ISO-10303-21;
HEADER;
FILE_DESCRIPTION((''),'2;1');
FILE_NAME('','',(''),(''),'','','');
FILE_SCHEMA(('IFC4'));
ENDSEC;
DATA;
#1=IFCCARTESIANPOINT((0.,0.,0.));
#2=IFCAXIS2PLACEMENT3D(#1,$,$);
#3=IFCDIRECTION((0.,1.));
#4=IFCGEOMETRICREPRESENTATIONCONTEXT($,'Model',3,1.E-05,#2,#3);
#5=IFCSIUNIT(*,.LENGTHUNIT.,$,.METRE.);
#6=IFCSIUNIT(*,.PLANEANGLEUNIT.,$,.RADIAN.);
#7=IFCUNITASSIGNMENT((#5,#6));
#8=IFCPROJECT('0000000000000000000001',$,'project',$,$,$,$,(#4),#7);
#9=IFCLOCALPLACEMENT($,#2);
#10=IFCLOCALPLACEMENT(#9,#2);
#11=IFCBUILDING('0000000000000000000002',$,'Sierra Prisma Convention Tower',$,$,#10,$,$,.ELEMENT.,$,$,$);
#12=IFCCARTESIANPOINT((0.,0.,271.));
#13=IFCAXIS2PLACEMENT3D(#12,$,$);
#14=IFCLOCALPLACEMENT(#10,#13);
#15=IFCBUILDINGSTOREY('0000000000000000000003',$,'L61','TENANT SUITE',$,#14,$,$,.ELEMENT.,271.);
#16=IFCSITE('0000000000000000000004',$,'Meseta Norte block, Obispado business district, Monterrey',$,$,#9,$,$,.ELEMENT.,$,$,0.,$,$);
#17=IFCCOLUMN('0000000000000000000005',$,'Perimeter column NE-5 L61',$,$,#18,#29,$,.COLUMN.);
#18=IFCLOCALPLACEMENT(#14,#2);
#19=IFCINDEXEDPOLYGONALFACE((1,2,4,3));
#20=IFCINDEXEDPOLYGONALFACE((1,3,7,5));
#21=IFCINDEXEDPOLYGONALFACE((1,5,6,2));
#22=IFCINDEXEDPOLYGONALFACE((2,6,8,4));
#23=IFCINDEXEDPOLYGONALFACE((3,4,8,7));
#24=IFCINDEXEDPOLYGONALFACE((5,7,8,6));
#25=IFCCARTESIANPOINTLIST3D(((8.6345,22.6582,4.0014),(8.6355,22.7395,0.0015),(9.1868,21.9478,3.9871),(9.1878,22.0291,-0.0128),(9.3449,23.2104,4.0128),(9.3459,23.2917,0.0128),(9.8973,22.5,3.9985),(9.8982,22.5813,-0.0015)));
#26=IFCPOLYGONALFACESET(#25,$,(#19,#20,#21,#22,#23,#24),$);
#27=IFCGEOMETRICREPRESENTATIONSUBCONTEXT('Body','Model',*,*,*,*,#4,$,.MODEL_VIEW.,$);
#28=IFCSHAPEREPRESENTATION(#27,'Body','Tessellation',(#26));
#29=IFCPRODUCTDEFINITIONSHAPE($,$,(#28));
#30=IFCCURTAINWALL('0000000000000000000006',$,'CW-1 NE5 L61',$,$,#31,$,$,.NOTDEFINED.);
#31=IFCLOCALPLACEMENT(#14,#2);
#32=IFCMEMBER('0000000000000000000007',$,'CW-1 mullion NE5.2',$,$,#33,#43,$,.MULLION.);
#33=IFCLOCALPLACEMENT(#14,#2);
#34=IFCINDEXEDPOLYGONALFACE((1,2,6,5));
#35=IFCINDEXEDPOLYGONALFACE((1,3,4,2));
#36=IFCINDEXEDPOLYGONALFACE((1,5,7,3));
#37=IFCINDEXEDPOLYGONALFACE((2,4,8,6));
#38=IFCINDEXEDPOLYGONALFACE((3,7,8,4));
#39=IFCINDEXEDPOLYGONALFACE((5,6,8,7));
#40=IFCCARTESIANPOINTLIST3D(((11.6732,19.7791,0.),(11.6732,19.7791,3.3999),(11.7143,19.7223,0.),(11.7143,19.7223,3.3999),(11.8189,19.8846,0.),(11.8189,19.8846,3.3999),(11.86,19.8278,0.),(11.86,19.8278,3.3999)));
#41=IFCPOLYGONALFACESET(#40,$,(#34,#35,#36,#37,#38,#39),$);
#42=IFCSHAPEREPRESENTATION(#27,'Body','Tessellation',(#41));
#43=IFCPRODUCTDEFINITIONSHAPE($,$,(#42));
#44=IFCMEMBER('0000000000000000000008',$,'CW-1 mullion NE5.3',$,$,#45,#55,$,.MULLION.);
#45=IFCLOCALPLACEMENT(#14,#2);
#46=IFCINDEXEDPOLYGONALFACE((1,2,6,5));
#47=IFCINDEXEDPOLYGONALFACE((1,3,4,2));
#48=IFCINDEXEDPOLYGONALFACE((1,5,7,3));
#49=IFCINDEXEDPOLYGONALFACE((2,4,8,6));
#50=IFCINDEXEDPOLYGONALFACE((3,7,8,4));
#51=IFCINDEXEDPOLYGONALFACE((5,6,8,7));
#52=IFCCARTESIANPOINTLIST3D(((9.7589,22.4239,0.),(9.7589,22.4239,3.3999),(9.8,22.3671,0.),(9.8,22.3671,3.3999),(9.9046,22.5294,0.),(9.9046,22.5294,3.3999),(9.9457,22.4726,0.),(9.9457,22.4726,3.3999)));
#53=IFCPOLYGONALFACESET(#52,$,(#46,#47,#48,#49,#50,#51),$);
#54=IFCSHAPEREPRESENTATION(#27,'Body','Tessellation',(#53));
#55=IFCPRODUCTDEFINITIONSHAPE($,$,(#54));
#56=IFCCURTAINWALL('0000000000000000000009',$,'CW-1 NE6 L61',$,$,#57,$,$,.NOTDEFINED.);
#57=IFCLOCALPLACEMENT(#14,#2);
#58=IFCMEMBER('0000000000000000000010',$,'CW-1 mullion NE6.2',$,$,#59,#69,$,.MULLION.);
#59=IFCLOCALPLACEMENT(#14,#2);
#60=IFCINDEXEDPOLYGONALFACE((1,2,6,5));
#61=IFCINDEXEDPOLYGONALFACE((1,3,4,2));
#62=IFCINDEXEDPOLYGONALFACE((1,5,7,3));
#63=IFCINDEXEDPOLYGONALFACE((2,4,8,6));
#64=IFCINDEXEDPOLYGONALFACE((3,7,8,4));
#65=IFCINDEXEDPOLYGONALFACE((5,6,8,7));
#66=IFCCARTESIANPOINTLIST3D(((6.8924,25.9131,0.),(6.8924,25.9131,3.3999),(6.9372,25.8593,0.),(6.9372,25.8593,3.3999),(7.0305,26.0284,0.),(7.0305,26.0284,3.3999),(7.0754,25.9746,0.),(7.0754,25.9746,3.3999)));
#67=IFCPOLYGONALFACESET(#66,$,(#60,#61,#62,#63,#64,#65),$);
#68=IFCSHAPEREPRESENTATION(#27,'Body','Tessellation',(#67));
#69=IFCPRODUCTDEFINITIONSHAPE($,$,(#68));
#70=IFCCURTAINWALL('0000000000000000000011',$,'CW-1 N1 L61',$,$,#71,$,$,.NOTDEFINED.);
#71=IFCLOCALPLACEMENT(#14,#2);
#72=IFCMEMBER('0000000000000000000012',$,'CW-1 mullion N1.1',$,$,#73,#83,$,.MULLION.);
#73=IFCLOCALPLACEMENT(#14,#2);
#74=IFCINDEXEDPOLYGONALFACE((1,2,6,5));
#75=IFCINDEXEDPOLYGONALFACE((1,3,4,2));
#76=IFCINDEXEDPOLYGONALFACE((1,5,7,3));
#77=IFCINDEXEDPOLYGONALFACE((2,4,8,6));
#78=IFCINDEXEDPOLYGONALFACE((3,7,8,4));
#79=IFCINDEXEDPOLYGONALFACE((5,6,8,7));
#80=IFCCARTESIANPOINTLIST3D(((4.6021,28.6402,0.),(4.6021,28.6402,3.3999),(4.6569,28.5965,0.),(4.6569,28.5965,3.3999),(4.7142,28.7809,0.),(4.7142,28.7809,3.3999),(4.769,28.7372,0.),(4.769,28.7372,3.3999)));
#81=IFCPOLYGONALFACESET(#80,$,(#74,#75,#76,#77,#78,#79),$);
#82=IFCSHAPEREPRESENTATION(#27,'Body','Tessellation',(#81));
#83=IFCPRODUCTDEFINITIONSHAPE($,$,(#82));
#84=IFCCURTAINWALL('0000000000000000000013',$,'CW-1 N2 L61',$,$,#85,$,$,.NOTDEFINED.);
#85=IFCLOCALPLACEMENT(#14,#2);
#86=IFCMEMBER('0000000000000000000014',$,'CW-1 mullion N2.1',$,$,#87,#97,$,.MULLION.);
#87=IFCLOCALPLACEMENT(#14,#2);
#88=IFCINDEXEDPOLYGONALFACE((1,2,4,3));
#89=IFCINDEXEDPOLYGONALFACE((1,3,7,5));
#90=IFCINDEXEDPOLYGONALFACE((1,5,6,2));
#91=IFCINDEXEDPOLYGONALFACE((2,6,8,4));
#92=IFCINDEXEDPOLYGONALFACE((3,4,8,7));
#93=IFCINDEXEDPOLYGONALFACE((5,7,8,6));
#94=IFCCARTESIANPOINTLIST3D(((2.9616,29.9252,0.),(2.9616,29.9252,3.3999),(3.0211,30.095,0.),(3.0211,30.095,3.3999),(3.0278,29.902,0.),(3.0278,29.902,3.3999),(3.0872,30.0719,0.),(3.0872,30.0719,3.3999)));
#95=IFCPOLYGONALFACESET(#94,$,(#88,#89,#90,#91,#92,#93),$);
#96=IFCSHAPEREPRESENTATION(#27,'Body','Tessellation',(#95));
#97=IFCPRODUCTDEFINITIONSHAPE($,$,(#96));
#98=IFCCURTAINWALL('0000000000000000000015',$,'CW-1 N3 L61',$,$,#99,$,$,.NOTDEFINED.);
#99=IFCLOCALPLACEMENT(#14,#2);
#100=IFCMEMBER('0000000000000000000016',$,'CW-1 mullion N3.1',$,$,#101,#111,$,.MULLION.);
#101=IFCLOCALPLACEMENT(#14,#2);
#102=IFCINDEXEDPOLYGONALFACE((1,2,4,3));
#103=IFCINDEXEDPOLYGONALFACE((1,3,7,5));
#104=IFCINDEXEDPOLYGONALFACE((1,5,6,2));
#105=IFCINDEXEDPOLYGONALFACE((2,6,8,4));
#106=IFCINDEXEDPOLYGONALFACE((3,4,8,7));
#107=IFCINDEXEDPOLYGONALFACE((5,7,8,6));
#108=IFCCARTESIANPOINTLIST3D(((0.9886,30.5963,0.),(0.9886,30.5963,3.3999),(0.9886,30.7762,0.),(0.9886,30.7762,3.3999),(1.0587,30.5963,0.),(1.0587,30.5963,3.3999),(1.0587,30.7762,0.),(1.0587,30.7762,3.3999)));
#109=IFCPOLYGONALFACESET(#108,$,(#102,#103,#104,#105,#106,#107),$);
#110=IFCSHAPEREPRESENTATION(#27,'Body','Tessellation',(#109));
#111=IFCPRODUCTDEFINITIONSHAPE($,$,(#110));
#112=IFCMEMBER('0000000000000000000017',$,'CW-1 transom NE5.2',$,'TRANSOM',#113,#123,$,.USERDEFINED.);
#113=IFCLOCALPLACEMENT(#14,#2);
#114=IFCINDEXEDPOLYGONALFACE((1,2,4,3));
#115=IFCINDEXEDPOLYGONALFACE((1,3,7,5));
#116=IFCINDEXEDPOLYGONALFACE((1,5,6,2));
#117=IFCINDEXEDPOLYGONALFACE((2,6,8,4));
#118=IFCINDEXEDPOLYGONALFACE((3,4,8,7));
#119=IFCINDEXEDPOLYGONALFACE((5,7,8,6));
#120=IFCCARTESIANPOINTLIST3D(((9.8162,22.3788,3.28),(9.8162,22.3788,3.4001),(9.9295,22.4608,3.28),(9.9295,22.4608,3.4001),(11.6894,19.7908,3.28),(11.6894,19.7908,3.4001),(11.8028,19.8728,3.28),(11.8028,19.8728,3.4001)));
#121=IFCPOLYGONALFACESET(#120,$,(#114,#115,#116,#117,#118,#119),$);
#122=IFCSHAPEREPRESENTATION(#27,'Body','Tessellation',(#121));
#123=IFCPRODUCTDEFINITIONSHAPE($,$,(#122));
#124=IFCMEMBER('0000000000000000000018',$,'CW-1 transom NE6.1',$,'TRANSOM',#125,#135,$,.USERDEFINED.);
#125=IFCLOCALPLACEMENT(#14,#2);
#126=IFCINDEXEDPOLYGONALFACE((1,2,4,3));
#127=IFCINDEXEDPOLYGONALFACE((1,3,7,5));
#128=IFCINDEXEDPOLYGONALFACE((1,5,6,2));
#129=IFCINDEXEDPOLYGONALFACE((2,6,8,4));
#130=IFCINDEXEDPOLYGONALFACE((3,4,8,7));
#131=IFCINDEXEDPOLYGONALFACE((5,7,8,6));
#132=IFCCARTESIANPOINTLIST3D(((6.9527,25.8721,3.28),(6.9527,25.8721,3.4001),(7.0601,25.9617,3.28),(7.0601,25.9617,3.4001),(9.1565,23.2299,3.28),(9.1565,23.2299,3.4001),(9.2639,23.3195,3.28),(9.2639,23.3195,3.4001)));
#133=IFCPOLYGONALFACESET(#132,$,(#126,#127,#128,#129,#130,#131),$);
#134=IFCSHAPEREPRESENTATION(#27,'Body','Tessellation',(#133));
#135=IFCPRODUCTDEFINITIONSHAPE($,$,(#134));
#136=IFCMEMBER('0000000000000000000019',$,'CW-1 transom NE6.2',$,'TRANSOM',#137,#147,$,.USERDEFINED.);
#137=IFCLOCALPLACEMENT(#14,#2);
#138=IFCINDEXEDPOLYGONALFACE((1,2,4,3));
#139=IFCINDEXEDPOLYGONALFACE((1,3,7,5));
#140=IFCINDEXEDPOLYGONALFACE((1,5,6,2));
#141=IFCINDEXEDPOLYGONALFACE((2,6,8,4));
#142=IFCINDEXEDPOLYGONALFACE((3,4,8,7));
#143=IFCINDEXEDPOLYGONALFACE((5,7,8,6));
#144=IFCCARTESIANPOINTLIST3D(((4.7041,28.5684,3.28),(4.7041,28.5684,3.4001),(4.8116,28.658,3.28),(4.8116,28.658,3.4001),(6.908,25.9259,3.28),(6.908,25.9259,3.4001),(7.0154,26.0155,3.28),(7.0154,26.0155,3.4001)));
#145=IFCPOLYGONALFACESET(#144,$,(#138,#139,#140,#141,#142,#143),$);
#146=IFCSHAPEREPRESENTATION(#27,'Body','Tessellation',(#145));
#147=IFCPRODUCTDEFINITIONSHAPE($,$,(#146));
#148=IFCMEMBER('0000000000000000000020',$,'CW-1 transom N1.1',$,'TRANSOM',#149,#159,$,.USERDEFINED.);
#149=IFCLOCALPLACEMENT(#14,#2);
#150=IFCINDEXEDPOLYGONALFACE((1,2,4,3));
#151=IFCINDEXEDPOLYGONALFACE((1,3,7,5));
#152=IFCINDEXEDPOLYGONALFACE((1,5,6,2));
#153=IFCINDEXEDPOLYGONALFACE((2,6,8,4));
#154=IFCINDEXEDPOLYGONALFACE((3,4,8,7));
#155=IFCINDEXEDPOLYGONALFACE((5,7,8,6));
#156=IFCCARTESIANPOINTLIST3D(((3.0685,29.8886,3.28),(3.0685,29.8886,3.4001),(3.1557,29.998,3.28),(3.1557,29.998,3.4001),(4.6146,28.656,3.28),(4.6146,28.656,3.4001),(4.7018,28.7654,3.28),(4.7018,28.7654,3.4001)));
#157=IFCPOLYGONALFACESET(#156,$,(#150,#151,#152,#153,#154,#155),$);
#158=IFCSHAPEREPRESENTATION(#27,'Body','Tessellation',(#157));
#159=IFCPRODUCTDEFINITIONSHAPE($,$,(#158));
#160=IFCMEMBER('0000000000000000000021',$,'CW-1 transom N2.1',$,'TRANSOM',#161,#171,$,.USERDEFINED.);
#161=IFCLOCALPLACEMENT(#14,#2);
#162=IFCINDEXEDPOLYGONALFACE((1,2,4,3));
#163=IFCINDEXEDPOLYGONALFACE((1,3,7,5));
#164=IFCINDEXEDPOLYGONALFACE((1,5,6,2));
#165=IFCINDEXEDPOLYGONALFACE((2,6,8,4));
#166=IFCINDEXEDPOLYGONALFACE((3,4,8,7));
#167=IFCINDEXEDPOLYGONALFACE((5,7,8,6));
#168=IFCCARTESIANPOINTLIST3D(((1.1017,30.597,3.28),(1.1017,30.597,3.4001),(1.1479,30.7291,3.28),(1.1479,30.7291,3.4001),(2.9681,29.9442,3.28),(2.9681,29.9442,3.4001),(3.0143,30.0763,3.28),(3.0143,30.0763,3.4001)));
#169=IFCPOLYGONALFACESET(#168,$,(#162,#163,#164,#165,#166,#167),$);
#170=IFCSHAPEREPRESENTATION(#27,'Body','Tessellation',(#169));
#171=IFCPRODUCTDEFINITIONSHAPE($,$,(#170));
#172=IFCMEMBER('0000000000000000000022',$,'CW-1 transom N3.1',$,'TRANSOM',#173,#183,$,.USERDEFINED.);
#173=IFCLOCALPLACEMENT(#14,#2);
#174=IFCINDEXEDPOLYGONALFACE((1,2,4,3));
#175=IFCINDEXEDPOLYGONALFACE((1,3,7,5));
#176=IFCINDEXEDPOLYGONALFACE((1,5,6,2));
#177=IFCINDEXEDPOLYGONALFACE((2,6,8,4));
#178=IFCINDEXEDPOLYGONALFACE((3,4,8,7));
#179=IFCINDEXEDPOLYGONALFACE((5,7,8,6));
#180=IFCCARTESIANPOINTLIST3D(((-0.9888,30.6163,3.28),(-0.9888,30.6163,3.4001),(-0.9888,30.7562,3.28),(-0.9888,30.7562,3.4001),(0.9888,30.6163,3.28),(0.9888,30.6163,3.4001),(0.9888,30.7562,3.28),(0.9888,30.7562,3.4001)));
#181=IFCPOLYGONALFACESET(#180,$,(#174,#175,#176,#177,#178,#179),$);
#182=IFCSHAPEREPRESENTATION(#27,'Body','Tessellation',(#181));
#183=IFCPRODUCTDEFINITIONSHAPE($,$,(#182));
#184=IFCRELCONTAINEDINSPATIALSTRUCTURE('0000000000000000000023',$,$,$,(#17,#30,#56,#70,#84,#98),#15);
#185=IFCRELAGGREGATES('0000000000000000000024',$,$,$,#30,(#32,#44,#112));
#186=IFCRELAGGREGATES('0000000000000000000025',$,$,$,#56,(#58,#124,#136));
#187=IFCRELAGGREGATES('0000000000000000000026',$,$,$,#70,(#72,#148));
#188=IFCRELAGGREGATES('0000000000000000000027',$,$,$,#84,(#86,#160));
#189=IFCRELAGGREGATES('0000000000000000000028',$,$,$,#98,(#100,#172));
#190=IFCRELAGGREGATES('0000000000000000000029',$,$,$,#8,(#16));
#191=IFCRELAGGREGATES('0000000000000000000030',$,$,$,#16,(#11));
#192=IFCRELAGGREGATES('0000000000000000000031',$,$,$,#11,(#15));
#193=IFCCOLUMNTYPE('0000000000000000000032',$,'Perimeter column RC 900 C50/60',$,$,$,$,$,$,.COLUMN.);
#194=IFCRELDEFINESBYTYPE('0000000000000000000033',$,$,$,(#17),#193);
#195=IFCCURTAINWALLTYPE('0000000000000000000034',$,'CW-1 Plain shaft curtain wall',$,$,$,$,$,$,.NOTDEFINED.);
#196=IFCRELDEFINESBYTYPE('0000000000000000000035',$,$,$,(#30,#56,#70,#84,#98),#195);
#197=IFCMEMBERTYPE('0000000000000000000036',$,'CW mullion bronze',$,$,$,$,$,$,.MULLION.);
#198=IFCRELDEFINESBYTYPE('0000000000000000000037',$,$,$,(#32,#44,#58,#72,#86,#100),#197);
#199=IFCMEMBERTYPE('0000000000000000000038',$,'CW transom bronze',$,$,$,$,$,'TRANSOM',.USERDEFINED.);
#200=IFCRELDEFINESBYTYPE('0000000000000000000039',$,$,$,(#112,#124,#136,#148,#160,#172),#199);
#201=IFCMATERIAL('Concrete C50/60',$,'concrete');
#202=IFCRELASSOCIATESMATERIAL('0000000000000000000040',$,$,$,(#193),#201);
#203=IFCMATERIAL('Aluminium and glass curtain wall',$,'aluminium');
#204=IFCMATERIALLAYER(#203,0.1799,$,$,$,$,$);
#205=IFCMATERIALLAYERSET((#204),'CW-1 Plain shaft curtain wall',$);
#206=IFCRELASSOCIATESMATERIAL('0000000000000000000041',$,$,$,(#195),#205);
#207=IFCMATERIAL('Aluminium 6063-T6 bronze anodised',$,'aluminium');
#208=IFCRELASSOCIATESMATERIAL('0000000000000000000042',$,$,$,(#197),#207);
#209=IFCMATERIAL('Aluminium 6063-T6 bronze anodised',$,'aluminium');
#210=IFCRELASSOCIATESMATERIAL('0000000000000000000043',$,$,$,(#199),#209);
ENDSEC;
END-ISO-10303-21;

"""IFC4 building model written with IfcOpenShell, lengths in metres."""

from ifc_helpers import new_model, si_unit, direction, frame, origin, origin_2d, place, context, subcontext, project, spatial, rectangle, extrude, material, layer, layer_set, material_profile, profile_set, type_object, element, aggregate, save


model = new_model("IFC4")

# Units and contexts
model_context = context("Model", 3, precision=1e-05, world=origin(), true_north=direction((0.0, 1.0)))
body_context = subcontext(model_context, "Body", "Model", "MODEL_VIEW")
ifc_project = project(units=[si_unit("LENGTHUNIT", "METRE"), si_unit("PLANEANGLEUNIT", "RADIAN")], contexts=[model_context])

# Site, building, storey
site_placement = place(None, origin())
site = spatial("IfcSite", under=ifc_project, at=site_placement, Name="Meseta Norte block, Obispado business district, Monterrey", CompositionType="ELEMENT", RefElevation=0.0)
building_placement = place(site_placement, origin())
building = spatial("IfcBuilding", under=site, at=building_placement, Name="Sierra Prisma Convention Tower", CompositionType="ELEMENT")
storey_placement = place(building_placement, frame((0.0, 0.0, 271.0)))
storey = spatial("IfcBuildingStorey", under=building, at=storey_placement, Name="L61", Description="TENANT SUITE", CompositionType="ELEMENT", Elevation=271.0)

# Column
ifc_material_1 = material(Name="Concrete C50/60", Category="concrete")
ifc_material_profile_1 = material_profile(ifc_material_1, rectangle(XDim=0.8999, YDim=0.8999, at=origin_2d()), Name="Perimeter column RC 900 C50/60")
ifc_profile_set_1 = profile_set([ifc_material_profile_1], Name="Concrete C50/60")
column_type = type_object("IfcColumnType", Name="Perimeter column RC 900 C50/60", PredefinedType="COLUMN", material=ifc_profile_set_1)
column_placement = place(storey_placement, frame((9.2668, 22.6604, 0.0), z_axis=(-0.000244, -0.020321, 0.999793), x_axis=(-0.613762, 0.789331, 0.015893)))
element("IfcColumn", 1, at=column_placement, inside=storey, type_object=column_type, Name="Perimeter column NE-5 L61", PredefinedType="COLUMN", context=body_context, shape_type="SweptSolid", body=[
    extrude(rectangle(XDim=0.8999, YDim=0.8999, at=origin_2d()), origin(), (0.0, 0.0, 1.0), 4.0007),
])

# Curtain wall, members
ifc_material_2 = material(Name="Aluminium and glass curtain wall", Category="aluminium")
ifc_layer_1 = layer(ifc_material_2, 0.1799)
ifc_layer_set_1 = layer_set([ifc_layer_1], Name="CW-1 Plain shaft curtain wall")
curtain_wall_type = type_object("IfcCurtainWallType", Name="CW-1 Plain shaft curtain wall", PredefinedType="NOTDEFINED", material=ifc_layer_set_1)
curtain_wall_1_placement = place(storey_placement, origin())
curtain_wall_1 = element("IfcCurtainWall", 2, at=curtain_wall_1_placement, inside=storey, type_object=curtain_wall_type, Name="CW-1 NE5 L61", PredefinedType="NOTDEFINED")
ifc_material_3 = material(Name="Aluminium 6063-T6 bronze anodised", Category="aluminium")
ifc_material_profile_2 = material_profile(ifc_material_3, rectangle(XDim=0.1799, YDim=0.0701, at=origin_2d()), Name="ALU MULLION 70x180")
ifc_profile_set_2 = profile_set([ifc_material_profile_2], Name="Aluminium 6063-T6 bronze anodised")
member_type_1 = type_object("IfcMemberType", Name="CW mullion bronze", PredefinedType="MULLION", material=ifc_profile_set_2)
member_1_placement = place(storey_placement, frame((11.7666, 19.8035, 0.0), z_axis=(0.0, 0.0, 1.0), x_axis=(-0.810077, -0.586323, 0.0)))
member_1 = element("IfcMember", 3, at=member_1_placement, type_object=member_type_1, Name="CW-1 mullion NE5.2", PredefinedType="MULLION", context=body_context, shape_type="SweptSolid", body=[
    extrude(rectangle(XDim=0.1799, YDim=0.0701, at=origin_2d()), origin(), (0.0, 0.0, 1.0), 3.3999),
])
member_2_placement = place(storey_placement, frame((9.8523, 22.4482, 0.0), z_axis=(0.0, 0.0, 1.0), x_axis=(-0.810077, -0.586323, 0.0)))
member_2 = element("IfcMember", 4, at=member_2_placement, type_object=member_type_1, Name="CW-1 mullion NE5.3", PredefinedType="MULLION", context=body_context, shape_type="SweptSolid", body=[
    extrude(rectangle(XDim=0.1799, YDim=0.0701, at=origin_2d()), origin(), (0.0, 0.0, 1.0), 3.3999),
])

# Curtain walls, members
curtain_wall_2_placement = place(storey_placement, origin())
curtain_wall_2 = element("IfcCurtainWall", 5, at=curtain_wall_2_placement, inside=storey, type_object=curtain_wall_type, Name="CW-1 NE6 L61", PredefinedType="NOTDEFINED")
member_3_placement = place(storey_placement, frame((6.9839, 25.9438, 0.0), z_axis=(0.0, 0.0, 1.0), x_axis=(-0.767976, -0.640479, 0.0)))
member_3 = element("IfcMember", 6, at=member_3_placement, type_object=member_type_1, Name="CW-1 mullion NE6.2", PredefinedType="MULLION", context=body_context, shape_type="SweptSolid", body=[
    extrude(rectangle(XDim=0.1799, YDim=0.0701, at=origin_2d()), origin(), (0.0, 0.0, 1.0), 3.3999),
])
curtain_wall_3_placement = place(storey_placement, origin())
curtain_wall_3 = element("IfcCurtainWall", 7, at=curtain_wall_3_placement, inside=storey, type_object=curtain_wall_type, Name="CW-1 N1 L61", PredefinedType="NOTDEFINED")
member_4_placement = place(storey_placement, frame((4.6855, 28.6887, 0.0), z_axis=(0.0, 0.0, 1.0), x_axis=(-0.62341, -0.781895, 0.0)))
member_4 = element("IfcMember", 8, at=member_4_placement, type_object=member_type_1, Name="CW-1 mullion N1.1", PredefinedType="MULLION", context=body_context, shape_type="SweptSolid", body=[
    extrude(rectangle(XDim=0.1799, YDim=0.0701, at=origin_2d()), origin(), (0.0, 0.0, 1.0), 3.3999),
])
curtain_wall_4_placement = place(storey_placement, origin())
curtain_wall_4 = element("IfcCurtainWall", 9, at=curtain_wall_4_placement, inside=storey, type_object=curtain_wall_type, Name="CW-1 N2 L61", PredefinedType="NOTDEFINED")
member_5_placement = place(storey_placement, frame((3.0244, 29.9985, 0.0), z_axis=(0.0, 0.0, 1.0), x_axis=(-0.330231, -0.9439, 0.0)))
member_5 = element("IfcMember", 10, at=member_5_placement, type_object=member_type_1, Name="CW-1 mullion N2.1", PredefinedType="MULLION", context=body_context, shape_type="SweptSolid", body=[
    extrude(rectangle(XDim=0.1799, YDim=0.0701, at=origin_2d()), origin(), (0.0, 0.0, 1.0), 3.3999),
])
curtain_wall_5_placement = place(storey_placement, origin())
curtain_wall_5 = element("IfcCurtainWall", 11, at=curtain_wall_5_placement, inside=storey, type_object=curtain_wall_type, Name="CW-1 N3 L61", PredefinedType="NOTDEFINED")
member_6_placement = place(storey_placement, frame((1.0237, 30.6863, 0.0), z_axis=(0.0, 0.0, 1.0), x_axis=(0.0, -1.0, 0.0)))
member_6 = element("IfcMember", 12, at=member_6_placement, type_object=member_type_1, Name="CW-1 mullion N3.1", PredefinedType="MULLION", context=body_context, shape_type="SweptSolid", body=[
    extrude(rectangle(XDim=0.1799, YDim=0.0701, at=origin_2d()), origin(), (0.0, 0.0, 1.0), 3.3999),
])

# Members
ifc_material_4 = material(Name="Aluminium 6063-T6 bronze anodised", Category="aluminium")
ifc_material_profile_3 = material_profile(ifc_material_4, rectangle(XDim=0.1399, YDim=0.1201, at=origin_2d()), Name="ALU TRANSOM 120x140")
ifc_profile_set_3 = profile_set([ifc_material_profile_3], Name="Aluminium 6063-T6 bronze anodised")
member_type_2 = type_object("IfcMemberType", Name="CW transom bronze", ElementType="TRANSOM", PredefinedType="USERDEFINED", material=ifc_profile_set_3)
member_7_placement = place(storey_placement, frame((11.7461, 19.8318, 3.3401), z_axis=(-0.58633, 0.810072, 0.0), x_axis=(-0.810072, -0.58633, 0.0)))
member_7 = element("IfcMember", 13, at=member_7_placement, type_object=member_type_2, Name="CW-1 transom NE5.2", ObjectType="TRANSOM", PredefinedType="USERDEFINED", context=body_context, shape_type="SweptSolid", body=[
    extrude(rectangle(XDim=0.1399, YDim=0.1201, at=origin_2d()), origin(), (0.0, 0.0, 1.0), 3.1948),
])
member_8_placement = place(storey_placement, frame((9.2102, 23.2747, 3.3401), z_axis=(-0.640512, 0.767948, 0.0), x_axis=(-0.767948, -0.640512, 0.0)))
member_8 = element("IfcMember", 14, at=member_8_placement, type_object=member_type_2, Name="CW-1 transom NE6.1", ObjectType="TRANSOM", PredefinedType="USERDEFINED", context=body_context, shape_type="SweptSolid", body=[
    extrude(rectangle(XDim=0.1399, YDim=0.1201, at=origin_2d()), origin(), (0.0, 0.0, 1.0), 3.4407),
])
member_9_placement = place(storey_placement, frame((6.9617, 25.9707, 3.3401), z_axis=(-0.640477, 0.767977, 0.0), x_axis=(-0.767977, -0.640477, 0.0)))
member_9 = element("IfcMember", 15, at=member_9_placement, type_object=member_type_2, Name="CW-1 transom NE6.2", ObjectType="TRANSOM", PredefinedType="USERDEFINED", context=body_context, shape_type="SweptSolid", body=[
    extrude(rectangle(XDim=0.1399, YDim=0.1201, at=origin_2d()), origin(), (0.0, 0.0, 1.0), 3.4409),
])
member_10_placement = place(storey_placement, frame((4.6582, 28.7107, 3.3401), z_axis=(-0.781916, 0.623384, 0.0), x_axis=(-0.623384, -0.781916, 0.0)))
member_10 = element("IfcMember", 16, at=member_10_placement, type_object=member_type_2, Name="CW-1 transom N1.1", ObjectType="TRANSOM", PredefinedType="USERDEFINED", context=body_context, shape_type="SweptSolid", body=[
    extrude(rectangle(XDim=0.1399, YDim=0.1201, at=origin_2d()), origin(), (0.0, 0.0, 1.0), 1.9773),
])
member_11_placement = place(storey_placement, frame((2.9912, 30.0103, 3.3401), z_axis=(-0.943926, 0.330158, 0.0), x_axis=(-0.330158, -0.943926, 0.0)))
member_11 = element("IfcMember", 17, at=member_11_placement, type_object=member_type_2, Name="CW-1 transom N2.1", ObjectType="TRANSOM", PredefinedType="USERDEFINED", context=body_context, shape_type="SweptSolid", body=[
    extrude(rectangle(XDim=0.1399, YDim=0.1201, at=origin_2d()), origin(), (0.0, 0.0, 1.0), 1.9773),
])
member_12_placement = place(storey_placement, frame((0.9888, 30.6863, 3.3401), z_axis=(-1.0, 0.0, 0.0), x_axis=(0.0, -1.0, 0.0)))
member_12 = element("IfcMember", 18, at=member_12_placement, type_object=member_type_2, Name="CW-1 transom N3.1", ObjectType="TRANSOM", PredefinedType="USERDEFINED", context=body_context, shape_type="SweptSolid", body=[
    extrude(rectangle(XDim=0.1399, YDim=0.1201, at=origin_2d()), origin(), (0.0, 0.0, 1.0), 1.9775),
])

aggregate(curtain_wall_1, [member_1, member_2, member_7])
aggregate(curtain_wall_2, [member_3, member_8, member_9])
aggregate(curtain_wall_3, [member_4, member_10])
aggregate(curtain_wall_4, [member_5, member_11])
aggregate(curtain_wall_5, [member_6, member_12])

save(model, "model.ifc")
